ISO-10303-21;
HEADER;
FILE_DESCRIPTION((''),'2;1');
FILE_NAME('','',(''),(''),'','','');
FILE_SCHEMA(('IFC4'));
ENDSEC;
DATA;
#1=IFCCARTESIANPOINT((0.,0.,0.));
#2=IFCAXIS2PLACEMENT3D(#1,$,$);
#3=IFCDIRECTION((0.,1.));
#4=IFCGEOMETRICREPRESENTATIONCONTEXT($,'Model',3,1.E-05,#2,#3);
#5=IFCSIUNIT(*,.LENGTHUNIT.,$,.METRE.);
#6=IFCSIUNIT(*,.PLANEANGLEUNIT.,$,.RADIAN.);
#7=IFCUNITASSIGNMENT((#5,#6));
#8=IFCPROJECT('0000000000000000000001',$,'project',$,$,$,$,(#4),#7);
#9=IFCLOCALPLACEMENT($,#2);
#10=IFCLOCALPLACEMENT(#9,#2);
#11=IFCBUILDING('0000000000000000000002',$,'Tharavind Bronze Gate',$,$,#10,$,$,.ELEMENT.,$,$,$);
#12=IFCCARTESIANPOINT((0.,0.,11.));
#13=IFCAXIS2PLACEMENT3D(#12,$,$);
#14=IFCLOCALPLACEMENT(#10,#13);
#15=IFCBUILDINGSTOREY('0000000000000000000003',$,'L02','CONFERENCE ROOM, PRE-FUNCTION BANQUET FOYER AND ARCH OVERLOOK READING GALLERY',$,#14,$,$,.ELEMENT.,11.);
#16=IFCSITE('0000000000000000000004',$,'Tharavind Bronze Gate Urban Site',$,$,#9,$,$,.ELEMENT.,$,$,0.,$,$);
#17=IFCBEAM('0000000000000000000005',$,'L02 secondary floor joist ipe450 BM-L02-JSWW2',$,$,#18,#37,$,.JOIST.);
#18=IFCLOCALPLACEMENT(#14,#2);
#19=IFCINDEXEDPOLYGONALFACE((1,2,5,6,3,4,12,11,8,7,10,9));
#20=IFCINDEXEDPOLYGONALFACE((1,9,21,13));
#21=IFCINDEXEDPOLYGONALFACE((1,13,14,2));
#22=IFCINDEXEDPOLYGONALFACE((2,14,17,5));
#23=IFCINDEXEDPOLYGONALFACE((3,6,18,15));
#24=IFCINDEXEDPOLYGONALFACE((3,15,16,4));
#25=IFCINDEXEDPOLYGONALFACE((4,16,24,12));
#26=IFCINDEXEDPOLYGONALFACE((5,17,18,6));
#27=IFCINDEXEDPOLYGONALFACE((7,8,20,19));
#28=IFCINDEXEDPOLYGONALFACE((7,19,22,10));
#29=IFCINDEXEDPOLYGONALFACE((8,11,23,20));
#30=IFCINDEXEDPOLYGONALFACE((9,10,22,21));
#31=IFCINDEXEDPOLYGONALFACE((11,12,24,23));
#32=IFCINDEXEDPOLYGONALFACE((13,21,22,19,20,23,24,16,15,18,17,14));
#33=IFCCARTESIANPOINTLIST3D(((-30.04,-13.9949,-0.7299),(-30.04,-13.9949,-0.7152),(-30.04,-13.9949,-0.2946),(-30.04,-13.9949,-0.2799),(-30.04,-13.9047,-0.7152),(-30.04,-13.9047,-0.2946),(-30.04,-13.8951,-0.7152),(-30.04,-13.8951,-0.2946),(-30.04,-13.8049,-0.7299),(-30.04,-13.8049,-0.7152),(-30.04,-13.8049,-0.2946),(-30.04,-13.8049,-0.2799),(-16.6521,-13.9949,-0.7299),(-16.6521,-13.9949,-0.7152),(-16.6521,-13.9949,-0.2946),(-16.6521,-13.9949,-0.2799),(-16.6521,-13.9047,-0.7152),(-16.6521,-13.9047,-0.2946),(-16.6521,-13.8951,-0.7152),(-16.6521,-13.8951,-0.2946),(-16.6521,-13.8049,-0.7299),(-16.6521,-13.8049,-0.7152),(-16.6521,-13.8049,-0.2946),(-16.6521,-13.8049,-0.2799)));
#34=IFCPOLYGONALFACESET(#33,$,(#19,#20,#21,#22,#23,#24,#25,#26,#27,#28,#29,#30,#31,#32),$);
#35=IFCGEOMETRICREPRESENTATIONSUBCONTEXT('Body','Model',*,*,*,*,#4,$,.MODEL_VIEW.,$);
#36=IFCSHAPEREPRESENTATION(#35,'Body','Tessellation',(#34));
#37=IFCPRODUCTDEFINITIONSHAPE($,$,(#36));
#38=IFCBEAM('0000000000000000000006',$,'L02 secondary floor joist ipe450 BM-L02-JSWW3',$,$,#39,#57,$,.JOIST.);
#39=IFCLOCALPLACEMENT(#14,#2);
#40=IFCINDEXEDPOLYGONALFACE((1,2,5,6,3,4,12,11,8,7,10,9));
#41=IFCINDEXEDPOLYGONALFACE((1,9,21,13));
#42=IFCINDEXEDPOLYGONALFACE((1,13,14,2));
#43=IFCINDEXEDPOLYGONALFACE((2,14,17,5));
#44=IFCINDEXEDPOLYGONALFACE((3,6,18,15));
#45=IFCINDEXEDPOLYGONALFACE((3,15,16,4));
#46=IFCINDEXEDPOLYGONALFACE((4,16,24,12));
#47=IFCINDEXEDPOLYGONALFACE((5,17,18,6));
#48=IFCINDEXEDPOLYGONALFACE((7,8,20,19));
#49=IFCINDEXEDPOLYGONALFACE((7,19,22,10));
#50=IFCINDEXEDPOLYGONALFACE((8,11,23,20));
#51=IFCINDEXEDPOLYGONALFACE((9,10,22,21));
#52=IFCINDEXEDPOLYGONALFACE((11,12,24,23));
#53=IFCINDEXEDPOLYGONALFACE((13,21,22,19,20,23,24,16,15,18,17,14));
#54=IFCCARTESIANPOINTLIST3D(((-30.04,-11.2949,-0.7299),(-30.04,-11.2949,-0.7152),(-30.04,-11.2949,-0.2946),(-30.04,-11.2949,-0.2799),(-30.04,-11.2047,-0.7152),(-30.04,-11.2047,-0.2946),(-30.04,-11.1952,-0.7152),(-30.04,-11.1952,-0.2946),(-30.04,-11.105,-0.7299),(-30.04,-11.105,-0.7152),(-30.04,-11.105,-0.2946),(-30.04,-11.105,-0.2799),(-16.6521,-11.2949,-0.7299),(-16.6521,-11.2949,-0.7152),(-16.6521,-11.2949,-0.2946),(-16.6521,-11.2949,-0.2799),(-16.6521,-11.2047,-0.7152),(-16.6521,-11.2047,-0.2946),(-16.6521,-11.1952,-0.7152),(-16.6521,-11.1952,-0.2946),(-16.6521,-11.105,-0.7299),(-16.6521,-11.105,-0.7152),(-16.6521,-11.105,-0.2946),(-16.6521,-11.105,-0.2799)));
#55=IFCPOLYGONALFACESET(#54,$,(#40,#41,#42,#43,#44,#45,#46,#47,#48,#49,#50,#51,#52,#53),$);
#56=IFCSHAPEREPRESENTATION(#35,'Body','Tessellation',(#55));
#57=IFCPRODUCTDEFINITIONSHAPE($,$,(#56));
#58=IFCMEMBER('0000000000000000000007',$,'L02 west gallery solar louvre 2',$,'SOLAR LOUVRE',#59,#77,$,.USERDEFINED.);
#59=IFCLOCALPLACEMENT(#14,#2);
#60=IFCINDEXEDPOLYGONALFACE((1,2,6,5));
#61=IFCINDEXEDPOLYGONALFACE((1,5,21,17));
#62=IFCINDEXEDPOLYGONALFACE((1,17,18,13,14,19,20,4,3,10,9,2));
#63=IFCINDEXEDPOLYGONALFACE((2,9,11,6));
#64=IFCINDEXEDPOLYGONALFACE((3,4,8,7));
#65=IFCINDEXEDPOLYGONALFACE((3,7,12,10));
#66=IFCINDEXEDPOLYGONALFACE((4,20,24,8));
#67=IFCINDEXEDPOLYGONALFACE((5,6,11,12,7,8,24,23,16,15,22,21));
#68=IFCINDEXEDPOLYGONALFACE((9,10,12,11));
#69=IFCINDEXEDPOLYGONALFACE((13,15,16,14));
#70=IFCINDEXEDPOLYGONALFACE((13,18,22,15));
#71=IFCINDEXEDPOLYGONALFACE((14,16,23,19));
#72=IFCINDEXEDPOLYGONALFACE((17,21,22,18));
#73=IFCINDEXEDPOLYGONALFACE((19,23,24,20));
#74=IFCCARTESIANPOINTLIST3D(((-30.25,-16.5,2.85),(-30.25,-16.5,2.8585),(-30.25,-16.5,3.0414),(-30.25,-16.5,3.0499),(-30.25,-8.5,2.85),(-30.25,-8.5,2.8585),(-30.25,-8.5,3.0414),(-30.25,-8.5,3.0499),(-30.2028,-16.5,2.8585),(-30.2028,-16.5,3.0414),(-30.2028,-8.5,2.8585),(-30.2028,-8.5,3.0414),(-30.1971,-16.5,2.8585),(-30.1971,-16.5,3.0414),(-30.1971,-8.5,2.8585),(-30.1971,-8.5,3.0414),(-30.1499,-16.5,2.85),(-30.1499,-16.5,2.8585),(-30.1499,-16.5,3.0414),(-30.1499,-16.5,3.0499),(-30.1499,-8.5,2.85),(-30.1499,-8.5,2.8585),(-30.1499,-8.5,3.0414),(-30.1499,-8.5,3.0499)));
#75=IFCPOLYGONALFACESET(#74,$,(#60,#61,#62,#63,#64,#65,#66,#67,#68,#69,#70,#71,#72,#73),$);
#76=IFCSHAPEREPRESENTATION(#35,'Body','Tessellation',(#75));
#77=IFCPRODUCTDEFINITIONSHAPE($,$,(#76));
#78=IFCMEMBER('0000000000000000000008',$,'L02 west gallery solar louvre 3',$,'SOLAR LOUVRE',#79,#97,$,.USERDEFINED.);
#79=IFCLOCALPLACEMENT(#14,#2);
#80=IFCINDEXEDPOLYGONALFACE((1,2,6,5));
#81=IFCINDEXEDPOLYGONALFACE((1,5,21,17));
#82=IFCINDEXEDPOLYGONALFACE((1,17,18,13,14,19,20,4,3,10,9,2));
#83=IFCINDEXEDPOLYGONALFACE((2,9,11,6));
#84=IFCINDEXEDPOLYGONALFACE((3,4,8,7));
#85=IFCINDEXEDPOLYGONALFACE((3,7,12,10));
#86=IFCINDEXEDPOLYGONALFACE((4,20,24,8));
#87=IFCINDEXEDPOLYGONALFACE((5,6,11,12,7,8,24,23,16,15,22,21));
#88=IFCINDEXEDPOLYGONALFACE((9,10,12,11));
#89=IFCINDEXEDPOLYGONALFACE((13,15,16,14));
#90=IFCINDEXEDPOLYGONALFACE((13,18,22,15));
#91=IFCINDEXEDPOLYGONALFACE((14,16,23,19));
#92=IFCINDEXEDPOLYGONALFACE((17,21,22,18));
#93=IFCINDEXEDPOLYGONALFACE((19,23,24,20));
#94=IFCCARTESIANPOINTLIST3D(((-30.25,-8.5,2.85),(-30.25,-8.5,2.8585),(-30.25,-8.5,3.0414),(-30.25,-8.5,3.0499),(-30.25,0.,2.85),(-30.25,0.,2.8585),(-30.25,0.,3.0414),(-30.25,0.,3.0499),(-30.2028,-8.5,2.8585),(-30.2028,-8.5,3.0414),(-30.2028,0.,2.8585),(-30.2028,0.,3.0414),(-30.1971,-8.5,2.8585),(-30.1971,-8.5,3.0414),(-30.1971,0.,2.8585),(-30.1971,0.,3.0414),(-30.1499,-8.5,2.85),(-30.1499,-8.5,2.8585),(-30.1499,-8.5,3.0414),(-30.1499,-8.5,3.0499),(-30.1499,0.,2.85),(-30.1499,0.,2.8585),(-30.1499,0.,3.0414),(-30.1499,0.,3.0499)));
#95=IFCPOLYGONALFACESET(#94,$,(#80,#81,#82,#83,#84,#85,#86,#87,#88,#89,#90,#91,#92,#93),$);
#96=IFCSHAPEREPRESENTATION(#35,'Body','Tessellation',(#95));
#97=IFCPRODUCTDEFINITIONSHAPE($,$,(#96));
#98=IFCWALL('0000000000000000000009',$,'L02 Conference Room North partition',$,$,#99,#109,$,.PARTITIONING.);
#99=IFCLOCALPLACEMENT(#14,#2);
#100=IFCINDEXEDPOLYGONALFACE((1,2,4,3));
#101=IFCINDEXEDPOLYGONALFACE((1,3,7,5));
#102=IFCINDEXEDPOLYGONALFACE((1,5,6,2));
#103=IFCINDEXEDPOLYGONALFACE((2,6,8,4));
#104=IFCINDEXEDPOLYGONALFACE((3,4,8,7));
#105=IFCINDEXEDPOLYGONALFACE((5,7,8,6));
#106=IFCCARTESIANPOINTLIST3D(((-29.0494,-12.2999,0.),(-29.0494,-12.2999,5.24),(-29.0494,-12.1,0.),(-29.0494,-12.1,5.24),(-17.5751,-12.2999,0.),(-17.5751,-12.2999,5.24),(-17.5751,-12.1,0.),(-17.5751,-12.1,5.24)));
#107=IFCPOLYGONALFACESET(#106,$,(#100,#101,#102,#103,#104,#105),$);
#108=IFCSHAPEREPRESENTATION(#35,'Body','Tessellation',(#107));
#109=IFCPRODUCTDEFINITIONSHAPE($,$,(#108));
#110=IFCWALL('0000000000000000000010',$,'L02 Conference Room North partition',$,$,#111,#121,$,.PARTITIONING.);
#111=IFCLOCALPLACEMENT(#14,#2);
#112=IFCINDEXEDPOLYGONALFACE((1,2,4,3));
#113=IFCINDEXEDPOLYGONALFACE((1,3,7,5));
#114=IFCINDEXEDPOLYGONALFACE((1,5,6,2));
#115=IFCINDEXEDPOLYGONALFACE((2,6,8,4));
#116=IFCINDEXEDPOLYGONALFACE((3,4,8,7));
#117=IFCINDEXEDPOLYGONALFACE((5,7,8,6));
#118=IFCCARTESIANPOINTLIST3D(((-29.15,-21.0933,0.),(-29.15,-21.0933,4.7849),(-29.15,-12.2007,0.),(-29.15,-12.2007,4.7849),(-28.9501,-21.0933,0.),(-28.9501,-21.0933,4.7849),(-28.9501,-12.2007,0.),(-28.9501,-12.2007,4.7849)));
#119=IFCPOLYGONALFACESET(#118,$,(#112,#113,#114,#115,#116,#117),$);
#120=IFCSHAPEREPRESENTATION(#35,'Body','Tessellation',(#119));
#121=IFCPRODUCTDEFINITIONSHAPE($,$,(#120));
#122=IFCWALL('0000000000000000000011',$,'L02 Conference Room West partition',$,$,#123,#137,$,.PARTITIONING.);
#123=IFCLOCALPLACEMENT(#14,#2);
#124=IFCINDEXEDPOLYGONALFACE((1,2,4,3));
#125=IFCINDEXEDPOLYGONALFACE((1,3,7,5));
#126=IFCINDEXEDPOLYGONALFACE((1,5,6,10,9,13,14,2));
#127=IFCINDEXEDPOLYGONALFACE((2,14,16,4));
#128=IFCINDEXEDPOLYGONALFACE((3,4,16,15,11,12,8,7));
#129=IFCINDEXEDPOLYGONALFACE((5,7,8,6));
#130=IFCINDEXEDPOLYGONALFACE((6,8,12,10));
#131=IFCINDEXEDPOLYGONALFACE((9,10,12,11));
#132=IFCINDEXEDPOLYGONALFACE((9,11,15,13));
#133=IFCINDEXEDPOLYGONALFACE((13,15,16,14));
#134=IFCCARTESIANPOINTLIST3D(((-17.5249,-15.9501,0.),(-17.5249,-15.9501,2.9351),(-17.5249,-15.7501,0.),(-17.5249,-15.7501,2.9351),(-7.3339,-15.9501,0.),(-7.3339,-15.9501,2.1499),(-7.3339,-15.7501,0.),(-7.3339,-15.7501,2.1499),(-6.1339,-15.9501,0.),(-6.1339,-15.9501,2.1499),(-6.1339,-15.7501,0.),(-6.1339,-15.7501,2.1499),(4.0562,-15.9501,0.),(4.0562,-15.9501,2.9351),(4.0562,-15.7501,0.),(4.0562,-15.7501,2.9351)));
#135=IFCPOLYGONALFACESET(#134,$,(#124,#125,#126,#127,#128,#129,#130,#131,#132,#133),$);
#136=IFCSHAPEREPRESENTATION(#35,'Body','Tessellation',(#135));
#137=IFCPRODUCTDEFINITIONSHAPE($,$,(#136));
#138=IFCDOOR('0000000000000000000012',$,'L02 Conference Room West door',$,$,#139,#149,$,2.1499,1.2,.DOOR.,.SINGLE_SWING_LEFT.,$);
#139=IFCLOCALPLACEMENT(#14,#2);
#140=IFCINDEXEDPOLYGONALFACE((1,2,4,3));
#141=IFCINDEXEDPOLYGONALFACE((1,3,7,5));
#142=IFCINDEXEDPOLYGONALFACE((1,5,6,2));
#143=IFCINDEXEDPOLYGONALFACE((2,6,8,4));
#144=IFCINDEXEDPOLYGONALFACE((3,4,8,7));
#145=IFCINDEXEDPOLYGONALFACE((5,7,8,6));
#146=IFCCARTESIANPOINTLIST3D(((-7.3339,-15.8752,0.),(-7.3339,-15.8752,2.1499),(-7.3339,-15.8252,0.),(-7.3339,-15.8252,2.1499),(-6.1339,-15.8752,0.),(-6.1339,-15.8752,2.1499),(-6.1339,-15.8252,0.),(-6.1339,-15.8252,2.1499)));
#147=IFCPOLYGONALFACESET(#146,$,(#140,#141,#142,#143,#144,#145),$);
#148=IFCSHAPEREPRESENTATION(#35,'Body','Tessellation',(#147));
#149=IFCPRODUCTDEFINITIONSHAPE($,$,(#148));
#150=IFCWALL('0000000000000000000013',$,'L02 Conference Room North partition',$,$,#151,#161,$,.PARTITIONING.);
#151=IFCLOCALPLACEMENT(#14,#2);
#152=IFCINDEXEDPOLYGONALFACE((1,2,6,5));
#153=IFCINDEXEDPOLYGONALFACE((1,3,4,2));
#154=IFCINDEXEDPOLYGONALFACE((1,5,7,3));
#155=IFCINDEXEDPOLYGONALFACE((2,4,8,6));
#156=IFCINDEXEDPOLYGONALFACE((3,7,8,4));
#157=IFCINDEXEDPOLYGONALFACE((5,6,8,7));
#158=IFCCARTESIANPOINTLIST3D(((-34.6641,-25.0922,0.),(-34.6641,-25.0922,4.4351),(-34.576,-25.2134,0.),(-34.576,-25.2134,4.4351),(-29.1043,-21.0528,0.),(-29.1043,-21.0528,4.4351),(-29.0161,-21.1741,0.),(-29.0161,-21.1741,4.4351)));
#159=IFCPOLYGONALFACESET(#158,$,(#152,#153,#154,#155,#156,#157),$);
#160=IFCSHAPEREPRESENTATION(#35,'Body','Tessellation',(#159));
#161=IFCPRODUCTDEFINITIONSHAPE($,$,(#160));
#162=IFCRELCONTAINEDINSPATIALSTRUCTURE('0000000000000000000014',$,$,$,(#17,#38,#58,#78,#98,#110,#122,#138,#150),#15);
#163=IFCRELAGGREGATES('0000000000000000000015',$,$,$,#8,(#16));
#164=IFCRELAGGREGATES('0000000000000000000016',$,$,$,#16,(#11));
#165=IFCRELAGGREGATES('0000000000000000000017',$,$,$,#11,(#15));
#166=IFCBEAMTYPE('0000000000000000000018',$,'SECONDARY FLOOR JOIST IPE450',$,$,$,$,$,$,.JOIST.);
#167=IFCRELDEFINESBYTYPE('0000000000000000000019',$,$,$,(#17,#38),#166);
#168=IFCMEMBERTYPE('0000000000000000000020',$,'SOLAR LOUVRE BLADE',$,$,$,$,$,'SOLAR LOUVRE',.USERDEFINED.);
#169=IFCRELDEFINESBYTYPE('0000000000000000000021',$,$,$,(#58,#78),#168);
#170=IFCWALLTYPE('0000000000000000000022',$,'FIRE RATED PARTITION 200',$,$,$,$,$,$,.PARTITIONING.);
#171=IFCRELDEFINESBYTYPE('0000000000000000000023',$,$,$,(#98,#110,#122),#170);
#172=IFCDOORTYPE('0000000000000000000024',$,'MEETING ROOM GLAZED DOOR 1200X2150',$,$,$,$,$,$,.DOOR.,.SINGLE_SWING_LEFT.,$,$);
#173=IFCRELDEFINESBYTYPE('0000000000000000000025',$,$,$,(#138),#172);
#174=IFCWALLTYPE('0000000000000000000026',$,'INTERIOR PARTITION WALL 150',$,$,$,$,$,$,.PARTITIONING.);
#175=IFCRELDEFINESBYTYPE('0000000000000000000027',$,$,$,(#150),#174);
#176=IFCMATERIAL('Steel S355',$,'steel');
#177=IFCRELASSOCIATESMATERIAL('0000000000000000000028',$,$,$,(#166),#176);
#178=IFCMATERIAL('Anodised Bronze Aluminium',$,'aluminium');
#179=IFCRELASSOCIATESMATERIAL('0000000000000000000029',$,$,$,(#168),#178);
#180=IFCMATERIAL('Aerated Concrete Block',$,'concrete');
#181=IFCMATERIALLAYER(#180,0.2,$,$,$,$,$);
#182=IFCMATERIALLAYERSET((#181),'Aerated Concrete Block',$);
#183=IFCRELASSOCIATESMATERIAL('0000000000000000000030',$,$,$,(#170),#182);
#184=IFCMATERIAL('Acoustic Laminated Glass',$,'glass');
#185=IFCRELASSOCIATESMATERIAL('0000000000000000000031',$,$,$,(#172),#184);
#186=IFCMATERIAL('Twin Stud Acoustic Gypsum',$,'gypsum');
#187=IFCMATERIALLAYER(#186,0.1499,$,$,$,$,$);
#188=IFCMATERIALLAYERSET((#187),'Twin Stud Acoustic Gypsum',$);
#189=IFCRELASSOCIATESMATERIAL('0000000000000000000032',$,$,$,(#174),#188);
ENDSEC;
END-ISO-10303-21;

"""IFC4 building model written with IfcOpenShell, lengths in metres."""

from ifc_helpers import new_model, si_unit, direction, frame, frame_2d, origin, origin_2d, place, context, subcontext, project, spatial, rectangle, i_section, extrude, material, layer, layer_set, material_profile, profile_set, type_object, element, fill, save


model = new_model("IFC4")

# Units and contexts
model_context = context("Model", 3, precision=1e-05, world=origin(), true_north=direction((0.0, 1.0)))
body_context = subcontext(model_context, "Body", "Model", "MODEL_VIEW")
ifc_project = project(units=[si_unit("LENGTHUNIT", "METRE"), si_unit("PLANEANGLEUNIT", "RADIAN")], contexts=[model_context])

# Site, building, storey
site_placement = place(None, origin())
site = spatial("IfcSite", under=ifc_project, at=site_placement, Name="Tharavind Bronze Gate Urban Site", CompositionType="ELEMENT", RefElevation=0.0)
building_placement = place(site_placement, origin())
building = spatial("IfcBuilding", under=site, at=building_placement, Name="Tharavind Bronze Gate", CompositionType="ELEMENT")
storey_placement = place(building_placement, frame((0.0, 0.0, 11.0)))
storey = spatial("IfcBuildingStorey", under=building, at=storey_placement, Name="L02", Description="CONFERENCE ROOM, PRE-FUNCTION BANQUET FOYER AND ARCH OVERLOOK READING GALLERY", CompositionType="ELEMENT", Elevation=11.0)

# Beams
ifc_material_1 = material(Name="Steel S355", Category="steel")
ifc_material_profile_1 = material_profile(ifc_material_1, i_section(OverallWidth=0.1899, OverallDepth=0.45, WebThickness=0.0095, FlangeThickness=0.0146, at=origin_2d()), Name="IPE450")
ifc_profile_set_1 = profile_set([ifc_material_profile_1], Name="Steel S355")
beam_type_1 = type_object("IfcBeamType", Name="SECONDARY FLOOR JOIST IPE450", PredefinedType="JOIST", material=ifc_profile_set_1)
for number, where, z_axis, x_axis, name in (
    (1, (-30.04, -13.8999, -0.5049), (1.0, 0.0, 0.0), (0.0, 1.0, 0.0), "L02 secondary floor joist ipe450 BM-L02-JSWW2"),
    (2, (-30.04, -11.2, -0.5049), (1.0, 0.0, 0.0), (0.0, 1.0, 0.0), "L02 secondary floor joist ipe450 BM-L02-JSWW3"),
):
    element("IfcBeam", number, at=place(storey_placement, frame(where, z_axis=z_axis, x_axis=x_axis)), inside=storey, type_object=beam_type_1, Name=name, PredefinedType="JOIST", context=body_context, shape_type="SweptSolid", body=[
        extrude(i_section(OverallWidth=0.1899, OverallDepth=0.45, WebThickness=0.0095, FlangeThickness=0.0146, at=origin_2d()), origin(), (0.0, 0.0, 1.0), 13.3879),
    ])

# Members
ifc_material_2 = material(Name="Anodised Bronze Aluminium", Category="aluminium")
ifc_material_profile_2 = material_profile(ifc_material_2, i_section(OverallWidth=0.1001, OverallDepth=0.2, WebThickness=0.0056, FlangeThickness=0.0085, at=origin_2d()), Name="IPE200")
ifc_profile_set_2 = profile_set([ifc_material_profile_2], Name="Anodised Bronze Aluminium")
member_type = type_object("IfcMemberType", Name="SOLAR LOUVRE BLADE", ElementType="SOLAR LOUVRE", PredefinedType="USERDEFINED", material=ifc_profile_set_2)
member_1_placement = place(storey_placement, frame((-30.2, -16.5, 2.95), z_axis=(0.0, 1.0, 0.0), x_axis=(-1.0, 0.0, 0.0)))
element("IfcMember", 3, at=member_1_placement, inside=storey, type_object=member_type, Name="L02 west gallery solar louvre 2", ObjectType="SOLAR LOUVRE", PredefinedType="USERDEFINED", context=body_context, shape_type="SweptSolid", body=[
    extrude(i_section(OverallWidth=0.1001, OverallDepth=0.2, WebThickness=0.0056, FlangeThickness=0.0085, at=origin_2d()), origin(), (0.0, 0.0, 1.0), 8.0),
])
member_2_placement = place(storey_placement, frame((-30.2, -8.5, 2.95), z_axis=(0.0, 1.0, 0.0), x_axis=(-1.0, 0.0, 0.0)))
element("IfcMember", 4, at=member_2_placement, inside=storey, type_object=member_type, Name="L02 west gallery solar louvre 3", ObjectType="SOLAR LOUVRE", PredefinedType="USERDEFINED", context=body_context, shape_type="SweptSolid", body=[
    extrude(i_section(OverallWidth=0.1001, OverallDepth=0.2, WebThickness=0.0056, FlangeThickness=0.0085, at=origin_2d()), origin(), (0.0, 0.0, 1.0), 8.5),
])

# Walls
ifc_material_3 = material(Name="Aerated Concrete Block", Category="concrete")
ifc_layer_1 = layer(ifc_material_3, 0.2)
ifc_layer_set_1 = layer_set([ifc_layer_1], Name="Aerated Concrete Block")
wall_type_1 = type_object("IfcWallType", Name="FIRE RATED PARTITION 200", PredefinedType="PARTITIONING", material=ifc_layer_set_1)
wall_1_placement = place(storey_placement, frame((-17.575, -12.2, 0.0), z_axis=(0.0, 0.0, 1.0), x_axis=(-1.0, 0.0, 0.0)))
element("IfcWall", 5, at=wall_1_placement, inside=storey, type_object=wall_type_1, Name="L02 Conference Room North partition", PredefinedType="PARTITIONING", context=body_context, shape_type="SweptSolid", body=[
    extrude(rectangle(XDim=11.4744, YDim=0.2, at=frame_2d((5.7373, 0.0))), origin(), (0.0, 0.0, 1.0), 5.24),
])
wall_2_placement = place(storey_placement, frame((-29.05, -12.2007, 0.0), z_axis=(0.0, 0.0, 1.0), x_axis=(0.0, -1.0, 0.0)))
element("IfcWall", 6, at=wall_2_placement, inside=storey, type_object=wall_type_1, Name="L02 Conference Room North partition", PredefinedType="PARTITIONING", context=body_context, shape_type="SweptSolid", body=[
    extrude(rectangle(XDim=8.8926, YDim=0.2, at=frame_2d((4.4463, 0.0))), origin(), (0.0, 0.0, 1.0), 4.7849),
])

# Wall, opening, door
wall_3_placement = place(storey_placement, frame((-17.5249, -15.8501, 0.0), z_axis=(0.0, 0.0, 1.0), x_axis=(1.0, 0.0, 0.0)))
wall_3 = element("IfcWall", 7, at=wall_3_placement, inside=storey, type_object=wall_type_1, Name="L02 Conference Room West partition", PredefinedType="PARTITIONING", context=body_context, shape_type="SweptSolid", body=[
    extrude(rectangle(XDim=21.5811, YDim=0.2, at=frame_2d((10.7905, 0.0))), origin(), (0.0, 0.0, 1.0), 2.9351),
])
opening_1_placement = place(wall_3_placement, frame((10.1909, 0.0, 0.0)))
opening_1 = element("IfcOpeningElement", 8, at=opening_1_placement, cuts=wall_3, PredefinedType="OPENING", context=body_context, shape_type="SweptSolid", body=[
    extrude(rectangle(XDim=1.2, YDim=2.1499, at=frame_2d((0.6001, 1.075))), frame((0.0, 0.1101, 0.0), z_axis=(0.0, -1.0, 0.0), x_axis=(1.0, 0.0, 0.0)), (0.0, 0.0, 1.0), 0.22),
])
ifc_material_4 = material(Name="Acoustic Laminated Glass", Category="glass")
door_type_1 = type_object("IfcDoorType", Name="MEETING ROOM GLAZED DOOR 1200X2150", OperationType="SINGLE_SWING_LEFT", PredefinedType="DOOR", material=ifc_material_4)
door_1_placement = place(opening_1_placement, origin())
door_1 = element("IfcDoor", 9, at=door_1_placement, inside=storey, type_object=door_type_1, Name="L02 Conference Room West door", OperationType="SINGLE_SWING_LEFT", OverallHeight=2.1499, OverallWidth=1.2, PredefinedType="DOOR", context=body_context, shape_type="SweptSolid", body=[
    extrude(rectangle(XDim=1.2, YDim=2.1499, at=frame_2d((0.6001, 1.075))), frame((0.0, 0.0249, 0.0), z_axis=(0.0, -1.0, 0.0), x_axis=(1.0, 0.0, 0.0)), (0.0, 0.0, 1.0), 0.05),
])
fill(opening_1, door_1)

# Wall
ifc_material_5 = material(Name="Twin Stud Acoustic Gypsum", Category="gypsum")
ifc_layer_2 = layer(ifc_material_5, 0.1499)
ifc_layer_set_2 = layer_set([ifc_layer_2], Name="Twin Stud Acoustic Gypsum")
wall_type_2 = type_object("IfcWallType", Name="INTERIOR PARTITION WALL 150", PredefinedType="PARTITIONING", material=ifc_layer_set_2)
wall_4_placement = place(storey_placement, frame((-29.0603, -21.1135, 0.0), z_axis=(0.0, 0.0, 1.0), x_axis=(-0.809026, -0.587772, 0.0)))
element("IfcWall", 10, at=wall_4_placement, inside=storey, type_object=wall_type_2, Name="L02 Conference Room North partition", PredefinedType="PARTITIONING", context=body_context, shape_type="SweptSolid", body=[
    extrude(rectangle(XDim=6.8723, YDim=0.1499, at=frame_2d((3.436, 0.0))), origin(), (0.0, 0.0, 1.0), 4.4351),
])

save(model, "model.ifc")
